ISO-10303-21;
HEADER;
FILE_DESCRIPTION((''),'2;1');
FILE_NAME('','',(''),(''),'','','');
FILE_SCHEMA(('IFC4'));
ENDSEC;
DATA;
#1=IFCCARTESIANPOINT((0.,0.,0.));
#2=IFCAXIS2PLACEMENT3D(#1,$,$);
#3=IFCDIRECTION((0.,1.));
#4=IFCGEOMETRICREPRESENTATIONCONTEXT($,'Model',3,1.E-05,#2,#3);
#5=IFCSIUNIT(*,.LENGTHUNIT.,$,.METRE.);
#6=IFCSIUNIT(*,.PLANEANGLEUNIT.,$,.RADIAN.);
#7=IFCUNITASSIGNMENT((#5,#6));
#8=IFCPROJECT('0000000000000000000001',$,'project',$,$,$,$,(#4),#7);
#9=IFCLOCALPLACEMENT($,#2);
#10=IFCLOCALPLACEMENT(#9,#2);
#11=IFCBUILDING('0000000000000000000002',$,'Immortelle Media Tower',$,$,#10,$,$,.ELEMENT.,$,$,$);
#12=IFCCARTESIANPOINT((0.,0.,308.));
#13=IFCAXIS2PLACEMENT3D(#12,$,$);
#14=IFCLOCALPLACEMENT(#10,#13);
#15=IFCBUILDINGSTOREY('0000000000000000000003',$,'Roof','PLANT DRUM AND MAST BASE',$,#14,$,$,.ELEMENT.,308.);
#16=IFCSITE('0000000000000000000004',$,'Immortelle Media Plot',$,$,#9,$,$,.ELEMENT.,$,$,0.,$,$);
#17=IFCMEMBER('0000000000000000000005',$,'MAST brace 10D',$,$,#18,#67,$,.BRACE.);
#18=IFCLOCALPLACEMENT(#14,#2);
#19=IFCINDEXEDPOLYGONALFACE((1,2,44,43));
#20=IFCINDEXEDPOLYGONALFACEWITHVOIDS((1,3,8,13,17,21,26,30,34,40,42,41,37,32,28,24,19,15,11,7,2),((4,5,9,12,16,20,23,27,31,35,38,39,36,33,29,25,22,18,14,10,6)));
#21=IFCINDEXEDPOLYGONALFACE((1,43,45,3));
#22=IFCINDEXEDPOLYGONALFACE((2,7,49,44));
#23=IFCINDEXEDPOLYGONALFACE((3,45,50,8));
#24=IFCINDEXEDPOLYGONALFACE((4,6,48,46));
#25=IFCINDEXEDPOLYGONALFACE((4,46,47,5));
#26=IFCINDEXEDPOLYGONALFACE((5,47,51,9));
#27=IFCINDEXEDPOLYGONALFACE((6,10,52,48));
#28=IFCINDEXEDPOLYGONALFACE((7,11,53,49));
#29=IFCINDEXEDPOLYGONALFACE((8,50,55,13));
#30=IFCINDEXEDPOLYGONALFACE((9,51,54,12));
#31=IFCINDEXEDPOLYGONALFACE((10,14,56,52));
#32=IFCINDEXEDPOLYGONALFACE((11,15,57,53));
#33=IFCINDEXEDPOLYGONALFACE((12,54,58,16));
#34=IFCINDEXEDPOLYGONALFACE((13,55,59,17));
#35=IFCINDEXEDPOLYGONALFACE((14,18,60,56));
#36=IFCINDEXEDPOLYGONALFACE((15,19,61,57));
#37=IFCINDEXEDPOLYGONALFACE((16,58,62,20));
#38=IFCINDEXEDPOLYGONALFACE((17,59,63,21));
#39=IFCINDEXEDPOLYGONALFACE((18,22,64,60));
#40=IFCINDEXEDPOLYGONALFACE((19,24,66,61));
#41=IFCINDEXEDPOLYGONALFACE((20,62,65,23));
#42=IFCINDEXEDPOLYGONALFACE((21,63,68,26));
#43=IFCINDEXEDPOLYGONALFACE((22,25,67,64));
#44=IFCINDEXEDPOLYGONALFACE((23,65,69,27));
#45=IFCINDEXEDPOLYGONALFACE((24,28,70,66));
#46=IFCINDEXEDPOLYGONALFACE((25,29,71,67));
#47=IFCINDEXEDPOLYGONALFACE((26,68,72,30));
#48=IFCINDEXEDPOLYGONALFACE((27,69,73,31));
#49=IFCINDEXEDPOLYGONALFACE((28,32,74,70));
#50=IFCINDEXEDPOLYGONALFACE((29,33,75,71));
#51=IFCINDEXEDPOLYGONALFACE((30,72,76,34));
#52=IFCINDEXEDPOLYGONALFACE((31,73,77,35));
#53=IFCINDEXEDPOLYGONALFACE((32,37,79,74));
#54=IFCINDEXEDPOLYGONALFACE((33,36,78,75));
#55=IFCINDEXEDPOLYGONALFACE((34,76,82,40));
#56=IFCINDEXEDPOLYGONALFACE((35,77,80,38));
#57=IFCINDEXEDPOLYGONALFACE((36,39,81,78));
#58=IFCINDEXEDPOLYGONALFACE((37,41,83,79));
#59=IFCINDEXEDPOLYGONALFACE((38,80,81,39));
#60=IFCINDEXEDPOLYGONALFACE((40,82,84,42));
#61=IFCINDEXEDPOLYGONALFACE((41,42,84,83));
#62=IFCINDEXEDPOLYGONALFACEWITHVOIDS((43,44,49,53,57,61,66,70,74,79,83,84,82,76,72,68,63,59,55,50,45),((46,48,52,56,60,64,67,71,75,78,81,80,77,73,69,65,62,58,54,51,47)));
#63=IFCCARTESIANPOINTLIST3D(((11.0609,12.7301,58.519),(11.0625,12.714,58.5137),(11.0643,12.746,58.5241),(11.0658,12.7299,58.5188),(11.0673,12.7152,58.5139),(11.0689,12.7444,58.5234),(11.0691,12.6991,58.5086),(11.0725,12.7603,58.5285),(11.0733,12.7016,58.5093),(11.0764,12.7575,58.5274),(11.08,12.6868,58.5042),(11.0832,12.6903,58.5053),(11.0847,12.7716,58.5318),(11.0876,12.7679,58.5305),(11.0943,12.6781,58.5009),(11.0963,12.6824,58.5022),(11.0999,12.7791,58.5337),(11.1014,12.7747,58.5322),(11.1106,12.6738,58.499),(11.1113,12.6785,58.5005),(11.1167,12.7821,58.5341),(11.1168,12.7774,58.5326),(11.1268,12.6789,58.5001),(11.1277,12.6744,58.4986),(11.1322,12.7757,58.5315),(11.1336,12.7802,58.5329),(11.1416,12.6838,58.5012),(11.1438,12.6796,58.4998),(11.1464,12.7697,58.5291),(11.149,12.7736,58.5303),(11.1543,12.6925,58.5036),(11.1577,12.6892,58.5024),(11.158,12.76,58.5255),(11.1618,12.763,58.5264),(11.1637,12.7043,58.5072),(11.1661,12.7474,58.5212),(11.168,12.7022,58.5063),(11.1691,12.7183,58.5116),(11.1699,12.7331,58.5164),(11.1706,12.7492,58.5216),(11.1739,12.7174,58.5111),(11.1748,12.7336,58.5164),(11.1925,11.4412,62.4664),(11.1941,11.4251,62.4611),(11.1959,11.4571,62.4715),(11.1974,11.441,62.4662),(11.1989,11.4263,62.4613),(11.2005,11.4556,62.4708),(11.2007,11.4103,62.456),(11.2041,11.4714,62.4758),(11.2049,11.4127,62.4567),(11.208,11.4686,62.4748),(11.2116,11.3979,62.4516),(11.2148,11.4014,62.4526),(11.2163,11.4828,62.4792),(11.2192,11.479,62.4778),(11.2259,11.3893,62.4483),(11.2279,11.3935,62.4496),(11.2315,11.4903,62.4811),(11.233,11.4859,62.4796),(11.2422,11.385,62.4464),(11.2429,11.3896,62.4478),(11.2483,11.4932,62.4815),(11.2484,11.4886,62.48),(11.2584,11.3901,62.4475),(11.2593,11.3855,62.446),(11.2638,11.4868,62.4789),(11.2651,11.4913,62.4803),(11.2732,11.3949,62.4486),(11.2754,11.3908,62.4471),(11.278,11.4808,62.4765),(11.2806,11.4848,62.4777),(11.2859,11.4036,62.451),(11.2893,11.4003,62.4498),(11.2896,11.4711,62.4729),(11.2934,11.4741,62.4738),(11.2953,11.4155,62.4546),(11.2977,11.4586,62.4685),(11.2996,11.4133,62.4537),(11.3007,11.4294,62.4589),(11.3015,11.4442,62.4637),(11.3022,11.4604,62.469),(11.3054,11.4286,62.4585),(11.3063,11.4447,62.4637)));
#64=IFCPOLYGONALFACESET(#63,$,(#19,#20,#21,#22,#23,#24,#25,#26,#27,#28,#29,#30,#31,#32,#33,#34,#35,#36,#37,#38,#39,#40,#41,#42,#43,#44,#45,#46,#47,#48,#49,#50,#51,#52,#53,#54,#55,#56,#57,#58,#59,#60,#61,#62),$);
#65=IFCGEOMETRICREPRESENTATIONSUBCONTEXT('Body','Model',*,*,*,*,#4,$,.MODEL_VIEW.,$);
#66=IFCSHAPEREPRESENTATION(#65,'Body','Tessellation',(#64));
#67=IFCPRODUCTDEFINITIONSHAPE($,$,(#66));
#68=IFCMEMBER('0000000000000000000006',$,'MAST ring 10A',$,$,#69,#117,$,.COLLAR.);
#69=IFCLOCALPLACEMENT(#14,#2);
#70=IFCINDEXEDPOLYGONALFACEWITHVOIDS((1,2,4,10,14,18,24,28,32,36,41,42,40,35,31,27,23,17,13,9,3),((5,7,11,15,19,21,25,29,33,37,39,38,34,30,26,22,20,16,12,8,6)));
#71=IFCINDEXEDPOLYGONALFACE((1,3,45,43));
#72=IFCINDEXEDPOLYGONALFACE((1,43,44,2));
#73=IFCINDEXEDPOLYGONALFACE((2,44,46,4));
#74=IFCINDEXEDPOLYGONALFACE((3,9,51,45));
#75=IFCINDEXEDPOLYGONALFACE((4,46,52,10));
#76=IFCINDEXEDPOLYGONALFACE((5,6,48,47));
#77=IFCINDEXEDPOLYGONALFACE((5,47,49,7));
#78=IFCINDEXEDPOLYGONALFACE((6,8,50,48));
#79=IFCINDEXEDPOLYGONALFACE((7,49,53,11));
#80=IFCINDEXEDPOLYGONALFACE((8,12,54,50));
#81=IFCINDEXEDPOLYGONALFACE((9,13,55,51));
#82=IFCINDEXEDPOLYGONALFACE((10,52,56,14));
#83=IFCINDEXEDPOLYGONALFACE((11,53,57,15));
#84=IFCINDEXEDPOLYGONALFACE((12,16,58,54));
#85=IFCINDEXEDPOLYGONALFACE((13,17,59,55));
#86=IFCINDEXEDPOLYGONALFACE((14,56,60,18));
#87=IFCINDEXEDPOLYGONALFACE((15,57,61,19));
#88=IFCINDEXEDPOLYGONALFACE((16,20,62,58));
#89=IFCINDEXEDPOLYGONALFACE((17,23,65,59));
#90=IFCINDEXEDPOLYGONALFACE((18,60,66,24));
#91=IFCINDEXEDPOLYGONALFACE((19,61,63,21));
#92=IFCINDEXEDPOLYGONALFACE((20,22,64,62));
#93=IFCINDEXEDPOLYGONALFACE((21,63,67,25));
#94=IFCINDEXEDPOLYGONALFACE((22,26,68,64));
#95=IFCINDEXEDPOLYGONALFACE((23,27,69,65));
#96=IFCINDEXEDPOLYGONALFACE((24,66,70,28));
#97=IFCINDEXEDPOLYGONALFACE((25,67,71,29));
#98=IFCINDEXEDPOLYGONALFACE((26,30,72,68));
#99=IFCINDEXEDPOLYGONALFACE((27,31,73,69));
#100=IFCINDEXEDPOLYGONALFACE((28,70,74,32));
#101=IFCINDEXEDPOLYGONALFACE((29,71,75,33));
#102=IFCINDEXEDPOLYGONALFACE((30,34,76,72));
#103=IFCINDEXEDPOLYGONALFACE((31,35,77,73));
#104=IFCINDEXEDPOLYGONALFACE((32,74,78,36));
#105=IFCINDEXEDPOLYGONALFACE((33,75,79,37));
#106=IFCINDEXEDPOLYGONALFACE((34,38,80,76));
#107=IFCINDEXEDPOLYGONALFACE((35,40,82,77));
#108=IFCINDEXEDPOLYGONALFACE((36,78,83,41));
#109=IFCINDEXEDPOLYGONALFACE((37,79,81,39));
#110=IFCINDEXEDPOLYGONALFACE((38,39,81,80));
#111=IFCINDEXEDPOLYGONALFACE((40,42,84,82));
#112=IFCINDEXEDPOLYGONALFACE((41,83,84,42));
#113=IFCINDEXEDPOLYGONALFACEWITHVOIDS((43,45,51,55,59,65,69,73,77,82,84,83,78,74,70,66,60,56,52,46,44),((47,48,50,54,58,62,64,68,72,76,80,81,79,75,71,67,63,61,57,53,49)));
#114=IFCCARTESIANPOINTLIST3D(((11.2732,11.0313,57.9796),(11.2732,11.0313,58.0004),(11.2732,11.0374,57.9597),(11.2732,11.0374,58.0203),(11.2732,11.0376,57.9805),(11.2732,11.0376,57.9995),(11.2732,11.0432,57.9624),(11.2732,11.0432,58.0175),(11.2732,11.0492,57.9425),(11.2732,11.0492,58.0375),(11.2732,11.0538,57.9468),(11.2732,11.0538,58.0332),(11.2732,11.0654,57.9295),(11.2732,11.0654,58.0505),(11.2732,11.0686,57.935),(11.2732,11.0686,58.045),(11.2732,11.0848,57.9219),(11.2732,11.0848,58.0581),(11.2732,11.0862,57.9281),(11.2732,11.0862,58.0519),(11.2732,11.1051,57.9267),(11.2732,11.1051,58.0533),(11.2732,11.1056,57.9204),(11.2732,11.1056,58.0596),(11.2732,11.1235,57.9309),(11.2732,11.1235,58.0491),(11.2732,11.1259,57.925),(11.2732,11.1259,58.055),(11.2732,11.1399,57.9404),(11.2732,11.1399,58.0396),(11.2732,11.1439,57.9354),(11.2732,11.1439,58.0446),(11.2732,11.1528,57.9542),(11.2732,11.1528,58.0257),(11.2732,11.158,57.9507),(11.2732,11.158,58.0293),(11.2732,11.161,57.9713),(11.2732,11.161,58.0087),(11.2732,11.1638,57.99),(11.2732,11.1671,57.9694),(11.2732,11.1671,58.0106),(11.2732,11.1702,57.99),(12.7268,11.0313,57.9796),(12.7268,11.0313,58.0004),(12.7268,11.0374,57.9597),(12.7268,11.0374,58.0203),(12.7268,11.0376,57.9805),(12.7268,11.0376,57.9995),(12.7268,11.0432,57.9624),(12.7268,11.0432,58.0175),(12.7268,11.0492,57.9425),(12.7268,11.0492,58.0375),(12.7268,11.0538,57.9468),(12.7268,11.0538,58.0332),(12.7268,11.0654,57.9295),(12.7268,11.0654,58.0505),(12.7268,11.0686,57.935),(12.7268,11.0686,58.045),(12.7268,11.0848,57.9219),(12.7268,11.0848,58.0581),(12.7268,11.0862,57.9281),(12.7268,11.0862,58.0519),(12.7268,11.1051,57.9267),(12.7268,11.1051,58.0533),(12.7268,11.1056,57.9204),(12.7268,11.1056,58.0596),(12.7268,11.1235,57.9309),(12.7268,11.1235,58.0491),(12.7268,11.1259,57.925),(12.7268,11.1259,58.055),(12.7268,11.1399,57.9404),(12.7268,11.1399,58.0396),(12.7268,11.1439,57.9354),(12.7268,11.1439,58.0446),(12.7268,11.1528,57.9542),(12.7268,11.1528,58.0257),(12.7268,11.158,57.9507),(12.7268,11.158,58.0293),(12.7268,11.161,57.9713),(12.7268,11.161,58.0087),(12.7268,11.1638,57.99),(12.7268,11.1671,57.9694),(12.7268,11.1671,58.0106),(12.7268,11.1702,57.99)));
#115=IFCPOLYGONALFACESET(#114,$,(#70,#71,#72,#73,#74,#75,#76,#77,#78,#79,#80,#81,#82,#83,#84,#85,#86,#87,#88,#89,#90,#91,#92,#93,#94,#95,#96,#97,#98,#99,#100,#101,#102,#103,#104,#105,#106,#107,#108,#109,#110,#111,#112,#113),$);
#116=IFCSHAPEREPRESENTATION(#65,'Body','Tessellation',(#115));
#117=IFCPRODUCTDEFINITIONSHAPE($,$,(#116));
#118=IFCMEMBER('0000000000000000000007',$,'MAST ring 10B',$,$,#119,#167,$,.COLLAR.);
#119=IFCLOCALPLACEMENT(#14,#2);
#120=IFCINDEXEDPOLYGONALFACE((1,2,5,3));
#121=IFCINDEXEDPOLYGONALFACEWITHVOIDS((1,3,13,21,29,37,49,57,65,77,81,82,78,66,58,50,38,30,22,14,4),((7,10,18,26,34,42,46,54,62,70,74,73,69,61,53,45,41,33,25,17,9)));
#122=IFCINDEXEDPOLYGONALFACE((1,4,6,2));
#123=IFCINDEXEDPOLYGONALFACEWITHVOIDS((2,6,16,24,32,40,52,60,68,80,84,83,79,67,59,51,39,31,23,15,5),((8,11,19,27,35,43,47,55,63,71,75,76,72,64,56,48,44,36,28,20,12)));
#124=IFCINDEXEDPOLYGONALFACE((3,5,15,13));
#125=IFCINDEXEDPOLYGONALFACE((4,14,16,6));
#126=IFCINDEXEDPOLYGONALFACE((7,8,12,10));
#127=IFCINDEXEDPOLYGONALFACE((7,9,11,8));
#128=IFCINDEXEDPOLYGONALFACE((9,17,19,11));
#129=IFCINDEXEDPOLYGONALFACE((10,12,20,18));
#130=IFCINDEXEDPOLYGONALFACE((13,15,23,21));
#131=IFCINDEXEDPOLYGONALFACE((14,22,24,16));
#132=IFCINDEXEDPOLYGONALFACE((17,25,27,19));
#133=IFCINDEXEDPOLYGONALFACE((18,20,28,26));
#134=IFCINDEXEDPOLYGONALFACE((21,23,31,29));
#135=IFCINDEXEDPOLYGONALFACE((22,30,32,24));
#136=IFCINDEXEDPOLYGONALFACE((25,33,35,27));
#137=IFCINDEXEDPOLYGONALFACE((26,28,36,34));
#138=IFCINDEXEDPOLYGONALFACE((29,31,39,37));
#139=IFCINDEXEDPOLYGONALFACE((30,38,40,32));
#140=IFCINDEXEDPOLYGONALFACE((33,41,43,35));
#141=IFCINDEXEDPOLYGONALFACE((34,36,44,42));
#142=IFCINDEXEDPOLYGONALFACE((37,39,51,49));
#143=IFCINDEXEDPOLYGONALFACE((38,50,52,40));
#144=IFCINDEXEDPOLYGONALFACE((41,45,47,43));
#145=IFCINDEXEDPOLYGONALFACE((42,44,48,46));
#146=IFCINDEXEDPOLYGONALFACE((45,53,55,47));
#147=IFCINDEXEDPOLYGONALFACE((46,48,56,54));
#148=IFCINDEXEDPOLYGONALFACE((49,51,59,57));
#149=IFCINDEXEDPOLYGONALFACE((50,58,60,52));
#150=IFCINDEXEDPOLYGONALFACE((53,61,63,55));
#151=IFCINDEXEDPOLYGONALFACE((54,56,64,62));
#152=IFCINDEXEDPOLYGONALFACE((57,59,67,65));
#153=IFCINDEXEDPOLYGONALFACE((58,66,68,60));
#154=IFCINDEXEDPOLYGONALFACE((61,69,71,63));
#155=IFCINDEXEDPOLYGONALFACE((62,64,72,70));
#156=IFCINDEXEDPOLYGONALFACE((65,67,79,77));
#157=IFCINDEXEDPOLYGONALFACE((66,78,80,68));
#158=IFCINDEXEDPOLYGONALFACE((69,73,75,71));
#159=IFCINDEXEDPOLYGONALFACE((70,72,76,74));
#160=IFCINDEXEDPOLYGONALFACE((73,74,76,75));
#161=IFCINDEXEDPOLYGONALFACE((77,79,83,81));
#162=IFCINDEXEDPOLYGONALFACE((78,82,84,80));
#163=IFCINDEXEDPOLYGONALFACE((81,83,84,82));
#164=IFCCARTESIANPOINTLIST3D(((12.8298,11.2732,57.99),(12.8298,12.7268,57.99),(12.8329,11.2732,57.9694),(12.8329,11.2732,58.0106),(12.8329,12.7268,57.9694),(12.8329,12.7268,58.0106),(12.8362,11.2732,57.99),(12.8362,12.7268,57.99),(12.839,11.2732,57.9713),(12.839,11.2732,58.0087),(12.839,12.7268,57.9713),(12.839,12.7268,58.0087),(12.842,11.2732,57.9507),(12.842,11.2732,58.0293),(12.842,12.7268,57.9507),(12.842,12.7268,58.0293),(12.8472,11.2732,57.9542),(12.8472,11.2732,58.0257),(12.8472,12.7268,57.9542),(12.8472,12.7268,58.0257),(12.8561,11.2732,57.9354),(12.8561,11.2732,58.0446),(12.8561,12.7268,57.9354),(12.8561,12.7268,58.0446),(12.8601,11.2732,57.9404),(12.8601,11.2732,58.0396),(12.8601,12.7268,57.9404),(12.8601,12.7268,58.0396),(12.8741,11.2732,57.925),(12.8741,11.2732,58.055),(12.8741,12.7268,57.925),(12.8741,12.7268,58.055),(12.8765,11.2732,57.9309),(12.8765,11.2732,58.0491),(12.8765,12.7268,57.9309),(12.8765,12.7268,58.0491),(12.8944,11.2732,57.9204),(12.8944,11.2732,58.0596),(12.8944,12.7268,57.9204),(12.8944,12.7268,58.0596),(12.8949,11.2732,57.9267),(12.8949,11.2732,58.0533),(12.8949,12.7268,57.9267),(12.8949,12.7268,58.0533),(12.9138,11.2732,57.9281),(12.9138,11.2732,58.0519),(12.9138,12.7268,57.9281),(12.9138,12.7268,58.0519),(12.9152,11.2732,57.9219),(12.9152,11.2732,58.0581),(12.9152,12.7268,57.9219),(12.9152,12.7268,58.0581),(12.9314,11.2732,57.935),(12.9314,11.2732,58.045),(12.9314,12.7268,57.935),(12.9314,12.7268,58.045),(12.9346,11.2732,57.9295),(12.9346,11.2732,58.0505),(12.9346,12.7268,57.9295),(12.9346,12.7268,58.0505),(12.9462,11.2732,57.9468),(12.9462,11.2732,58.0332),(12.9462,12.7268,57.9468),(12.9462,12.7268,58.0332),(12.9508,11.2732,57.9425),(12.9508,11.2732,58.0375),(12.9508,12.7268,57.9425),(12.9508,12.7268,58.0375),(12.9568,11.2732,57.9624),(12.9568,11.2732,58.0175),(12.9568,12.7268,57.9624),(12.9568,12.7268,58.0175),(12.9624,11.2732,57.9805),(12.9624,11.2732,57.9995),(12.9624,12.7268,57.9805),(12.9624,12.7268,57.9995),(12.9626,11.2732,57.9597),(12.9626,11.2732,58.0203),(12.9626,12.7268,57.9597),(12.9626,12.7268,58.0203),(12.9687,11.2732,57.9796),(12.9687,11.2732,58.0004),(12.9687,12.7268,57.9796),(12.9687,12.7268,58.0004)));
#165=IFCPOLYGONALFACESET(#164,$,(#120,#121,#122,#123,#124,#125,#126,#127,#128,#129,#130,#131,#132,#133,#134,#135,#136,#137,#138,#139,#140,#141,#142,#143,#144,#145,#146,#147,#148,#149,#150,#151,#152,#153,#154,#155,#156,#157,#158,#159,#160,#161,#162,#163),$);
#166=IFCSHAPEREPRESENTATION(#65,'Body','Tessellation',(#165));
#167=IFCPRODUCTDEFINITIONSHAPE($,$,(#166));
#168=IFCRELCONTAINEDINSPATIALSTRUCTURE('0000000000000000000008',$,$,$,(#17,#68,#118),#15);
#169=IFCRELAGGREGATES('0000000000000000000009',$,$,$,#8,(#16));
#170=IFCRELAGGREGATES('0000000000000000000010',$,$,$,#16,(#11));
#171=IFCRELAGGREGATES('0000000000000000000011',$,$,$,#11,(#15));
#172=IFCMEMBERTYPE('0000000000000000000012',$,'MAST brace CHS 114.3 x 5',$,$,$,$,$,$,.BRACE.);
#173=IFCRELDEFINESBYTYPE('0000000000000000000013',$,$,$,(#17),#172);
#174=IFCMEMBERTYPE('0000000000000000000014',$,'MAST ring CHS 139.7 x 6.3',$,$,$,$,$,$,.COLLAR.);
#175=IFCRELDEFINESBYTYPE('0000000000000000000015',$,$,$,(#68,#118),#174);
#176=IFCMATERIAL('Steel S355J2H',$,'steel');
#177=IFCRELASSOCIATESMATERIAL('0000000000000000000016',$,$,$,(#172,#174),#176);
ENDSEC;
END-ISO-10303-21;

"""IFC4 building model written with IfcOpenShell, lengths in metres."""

from ifc_helpers import new_model, si_unit, direction, frame, origin, origin_2d, place, context, subcontext, project, spatial, hollow_circle, extrude, material, material_profile, profile_set, type_object, element, save


model = new_model("IFC4")

# Units and contexts
model_context = context("Model", 3, precision=1e-05, world=origin(), true_north=direction((0.0, 1.0)))
body_context = subcontext(model_context, "Body", "Model", "MODEL_VIEW")
ifc_project = project(units=[si_unit("LENGTHUNIT", "METRE"), si_unit("PLANEANGLEUNIT", "RADIAN")], contexts=[model_context])

# Site, building, storey
site_placement = place(None, origin())
site = spatial("IfcSite", under=ifc_project, at=site_placement, Name="Immortelle Media Plot", CompositionType="ELEMENT", RefElevation=0.0)
building_placement = place(site_placement, origin())
building = spatial("IfcBuilding", under=site, at=building_placement, Name="Immortelle Media Tower", CompositionType="ELEMENT")
storey_placement = place(building_placement, frame((0.0, 0.0, 308.0)))
storey = spatial("IfcBuildingStorey", under=building, at=storey_placement, Name="Roof", Description="PLANT DRUM AND MAST BASE", CompositionType="ELEMENT", Elevation=308.0)

# Members
ifc_material_1 = material(Name="Steel S355J2H", Category="steel")
ifc_material_profile_1 = material_profile(ifc_material_1, hollow_circle(Radius=0.0571, WallThickness=0.0049, at=origin_2d()), Name="CHS 114.3 x 5")
ifc_profile_set_1 = profile_set([ifc_material_profile_1], Name="Steel S355J2H")
member_type_1 = type_object("IfcMemberType", Name="MAST brace CHS 114.3 x 5", PredefinedType="BRACE", material=ifc_profile_set_1)
for number, where, z_axis, x_axis, name in (
    (1, (11.1179, 12.7278, 58.5164), (0.031675, -0.310228, 0.950134), (0.994828, 0.101575, 0.0), "MAST brace 10D"),
):
    element("IfcMember", number, at=place(storey_placement, frame(where, z_axis=z_axis, x_axis=x_axis)), inside=storey, type_object=member_type_1, Name=name, PredefinedType="BRACE", context=body_context, shape_type="SweptSolid", body=[
        extrude(hollow_circle(Radius=0.0571, WallThickness=0.0049, at=origin_2d()), origin(), (0.0, 0.0, 1.0), 4.1545),
    ])
ifc_material_profile_2 = material_profile(ifc_material_1, hollow_circle(Radius=0.0698, WallThickness=0.0063, at=origin_2d()), Name="CHS 139.7 x 6.3")
ifc_profile_set_2 = profile_set([ifc_material_profile_2], Name="Steel S355J2H")
member_type_2 = type_object("IfcMemberType", Name="MAST ring CHS 139.7 x 6.3", PredefinedType="COLLAR", material=ifc_profile_set_2)
for number, where, z_axis, x_axis, name in (
    (2, (11.2732, 11.1003, 57.99), (1.0, 0.0, 0.0), (0.0, 1.0, 0.0), "MAST ring 10A"),
    (3, (12.8997, 11.2732, 57.99), (0.0, 1.0, 0.0), (-1.0, 0.0, 0.0), "MAST ring 10B"),
):
    element("IfcMember", number, at=place(storey_placement, frame(where, z_axis=z_axis, x_axis=x_axis)), inside=storey, type_object=member_type_2, Name=name, PredefinedType="COLLAR", context=body_context, shape_type="SweptSolid", body=[
        extrude(hollow_circle(Radius=0.0698, WallThickness=0.0063, at=origin_2d()), origin(), (0.0, 0.0, 1.0), 1.4536),
    ])

save(model, "model.ifc")
